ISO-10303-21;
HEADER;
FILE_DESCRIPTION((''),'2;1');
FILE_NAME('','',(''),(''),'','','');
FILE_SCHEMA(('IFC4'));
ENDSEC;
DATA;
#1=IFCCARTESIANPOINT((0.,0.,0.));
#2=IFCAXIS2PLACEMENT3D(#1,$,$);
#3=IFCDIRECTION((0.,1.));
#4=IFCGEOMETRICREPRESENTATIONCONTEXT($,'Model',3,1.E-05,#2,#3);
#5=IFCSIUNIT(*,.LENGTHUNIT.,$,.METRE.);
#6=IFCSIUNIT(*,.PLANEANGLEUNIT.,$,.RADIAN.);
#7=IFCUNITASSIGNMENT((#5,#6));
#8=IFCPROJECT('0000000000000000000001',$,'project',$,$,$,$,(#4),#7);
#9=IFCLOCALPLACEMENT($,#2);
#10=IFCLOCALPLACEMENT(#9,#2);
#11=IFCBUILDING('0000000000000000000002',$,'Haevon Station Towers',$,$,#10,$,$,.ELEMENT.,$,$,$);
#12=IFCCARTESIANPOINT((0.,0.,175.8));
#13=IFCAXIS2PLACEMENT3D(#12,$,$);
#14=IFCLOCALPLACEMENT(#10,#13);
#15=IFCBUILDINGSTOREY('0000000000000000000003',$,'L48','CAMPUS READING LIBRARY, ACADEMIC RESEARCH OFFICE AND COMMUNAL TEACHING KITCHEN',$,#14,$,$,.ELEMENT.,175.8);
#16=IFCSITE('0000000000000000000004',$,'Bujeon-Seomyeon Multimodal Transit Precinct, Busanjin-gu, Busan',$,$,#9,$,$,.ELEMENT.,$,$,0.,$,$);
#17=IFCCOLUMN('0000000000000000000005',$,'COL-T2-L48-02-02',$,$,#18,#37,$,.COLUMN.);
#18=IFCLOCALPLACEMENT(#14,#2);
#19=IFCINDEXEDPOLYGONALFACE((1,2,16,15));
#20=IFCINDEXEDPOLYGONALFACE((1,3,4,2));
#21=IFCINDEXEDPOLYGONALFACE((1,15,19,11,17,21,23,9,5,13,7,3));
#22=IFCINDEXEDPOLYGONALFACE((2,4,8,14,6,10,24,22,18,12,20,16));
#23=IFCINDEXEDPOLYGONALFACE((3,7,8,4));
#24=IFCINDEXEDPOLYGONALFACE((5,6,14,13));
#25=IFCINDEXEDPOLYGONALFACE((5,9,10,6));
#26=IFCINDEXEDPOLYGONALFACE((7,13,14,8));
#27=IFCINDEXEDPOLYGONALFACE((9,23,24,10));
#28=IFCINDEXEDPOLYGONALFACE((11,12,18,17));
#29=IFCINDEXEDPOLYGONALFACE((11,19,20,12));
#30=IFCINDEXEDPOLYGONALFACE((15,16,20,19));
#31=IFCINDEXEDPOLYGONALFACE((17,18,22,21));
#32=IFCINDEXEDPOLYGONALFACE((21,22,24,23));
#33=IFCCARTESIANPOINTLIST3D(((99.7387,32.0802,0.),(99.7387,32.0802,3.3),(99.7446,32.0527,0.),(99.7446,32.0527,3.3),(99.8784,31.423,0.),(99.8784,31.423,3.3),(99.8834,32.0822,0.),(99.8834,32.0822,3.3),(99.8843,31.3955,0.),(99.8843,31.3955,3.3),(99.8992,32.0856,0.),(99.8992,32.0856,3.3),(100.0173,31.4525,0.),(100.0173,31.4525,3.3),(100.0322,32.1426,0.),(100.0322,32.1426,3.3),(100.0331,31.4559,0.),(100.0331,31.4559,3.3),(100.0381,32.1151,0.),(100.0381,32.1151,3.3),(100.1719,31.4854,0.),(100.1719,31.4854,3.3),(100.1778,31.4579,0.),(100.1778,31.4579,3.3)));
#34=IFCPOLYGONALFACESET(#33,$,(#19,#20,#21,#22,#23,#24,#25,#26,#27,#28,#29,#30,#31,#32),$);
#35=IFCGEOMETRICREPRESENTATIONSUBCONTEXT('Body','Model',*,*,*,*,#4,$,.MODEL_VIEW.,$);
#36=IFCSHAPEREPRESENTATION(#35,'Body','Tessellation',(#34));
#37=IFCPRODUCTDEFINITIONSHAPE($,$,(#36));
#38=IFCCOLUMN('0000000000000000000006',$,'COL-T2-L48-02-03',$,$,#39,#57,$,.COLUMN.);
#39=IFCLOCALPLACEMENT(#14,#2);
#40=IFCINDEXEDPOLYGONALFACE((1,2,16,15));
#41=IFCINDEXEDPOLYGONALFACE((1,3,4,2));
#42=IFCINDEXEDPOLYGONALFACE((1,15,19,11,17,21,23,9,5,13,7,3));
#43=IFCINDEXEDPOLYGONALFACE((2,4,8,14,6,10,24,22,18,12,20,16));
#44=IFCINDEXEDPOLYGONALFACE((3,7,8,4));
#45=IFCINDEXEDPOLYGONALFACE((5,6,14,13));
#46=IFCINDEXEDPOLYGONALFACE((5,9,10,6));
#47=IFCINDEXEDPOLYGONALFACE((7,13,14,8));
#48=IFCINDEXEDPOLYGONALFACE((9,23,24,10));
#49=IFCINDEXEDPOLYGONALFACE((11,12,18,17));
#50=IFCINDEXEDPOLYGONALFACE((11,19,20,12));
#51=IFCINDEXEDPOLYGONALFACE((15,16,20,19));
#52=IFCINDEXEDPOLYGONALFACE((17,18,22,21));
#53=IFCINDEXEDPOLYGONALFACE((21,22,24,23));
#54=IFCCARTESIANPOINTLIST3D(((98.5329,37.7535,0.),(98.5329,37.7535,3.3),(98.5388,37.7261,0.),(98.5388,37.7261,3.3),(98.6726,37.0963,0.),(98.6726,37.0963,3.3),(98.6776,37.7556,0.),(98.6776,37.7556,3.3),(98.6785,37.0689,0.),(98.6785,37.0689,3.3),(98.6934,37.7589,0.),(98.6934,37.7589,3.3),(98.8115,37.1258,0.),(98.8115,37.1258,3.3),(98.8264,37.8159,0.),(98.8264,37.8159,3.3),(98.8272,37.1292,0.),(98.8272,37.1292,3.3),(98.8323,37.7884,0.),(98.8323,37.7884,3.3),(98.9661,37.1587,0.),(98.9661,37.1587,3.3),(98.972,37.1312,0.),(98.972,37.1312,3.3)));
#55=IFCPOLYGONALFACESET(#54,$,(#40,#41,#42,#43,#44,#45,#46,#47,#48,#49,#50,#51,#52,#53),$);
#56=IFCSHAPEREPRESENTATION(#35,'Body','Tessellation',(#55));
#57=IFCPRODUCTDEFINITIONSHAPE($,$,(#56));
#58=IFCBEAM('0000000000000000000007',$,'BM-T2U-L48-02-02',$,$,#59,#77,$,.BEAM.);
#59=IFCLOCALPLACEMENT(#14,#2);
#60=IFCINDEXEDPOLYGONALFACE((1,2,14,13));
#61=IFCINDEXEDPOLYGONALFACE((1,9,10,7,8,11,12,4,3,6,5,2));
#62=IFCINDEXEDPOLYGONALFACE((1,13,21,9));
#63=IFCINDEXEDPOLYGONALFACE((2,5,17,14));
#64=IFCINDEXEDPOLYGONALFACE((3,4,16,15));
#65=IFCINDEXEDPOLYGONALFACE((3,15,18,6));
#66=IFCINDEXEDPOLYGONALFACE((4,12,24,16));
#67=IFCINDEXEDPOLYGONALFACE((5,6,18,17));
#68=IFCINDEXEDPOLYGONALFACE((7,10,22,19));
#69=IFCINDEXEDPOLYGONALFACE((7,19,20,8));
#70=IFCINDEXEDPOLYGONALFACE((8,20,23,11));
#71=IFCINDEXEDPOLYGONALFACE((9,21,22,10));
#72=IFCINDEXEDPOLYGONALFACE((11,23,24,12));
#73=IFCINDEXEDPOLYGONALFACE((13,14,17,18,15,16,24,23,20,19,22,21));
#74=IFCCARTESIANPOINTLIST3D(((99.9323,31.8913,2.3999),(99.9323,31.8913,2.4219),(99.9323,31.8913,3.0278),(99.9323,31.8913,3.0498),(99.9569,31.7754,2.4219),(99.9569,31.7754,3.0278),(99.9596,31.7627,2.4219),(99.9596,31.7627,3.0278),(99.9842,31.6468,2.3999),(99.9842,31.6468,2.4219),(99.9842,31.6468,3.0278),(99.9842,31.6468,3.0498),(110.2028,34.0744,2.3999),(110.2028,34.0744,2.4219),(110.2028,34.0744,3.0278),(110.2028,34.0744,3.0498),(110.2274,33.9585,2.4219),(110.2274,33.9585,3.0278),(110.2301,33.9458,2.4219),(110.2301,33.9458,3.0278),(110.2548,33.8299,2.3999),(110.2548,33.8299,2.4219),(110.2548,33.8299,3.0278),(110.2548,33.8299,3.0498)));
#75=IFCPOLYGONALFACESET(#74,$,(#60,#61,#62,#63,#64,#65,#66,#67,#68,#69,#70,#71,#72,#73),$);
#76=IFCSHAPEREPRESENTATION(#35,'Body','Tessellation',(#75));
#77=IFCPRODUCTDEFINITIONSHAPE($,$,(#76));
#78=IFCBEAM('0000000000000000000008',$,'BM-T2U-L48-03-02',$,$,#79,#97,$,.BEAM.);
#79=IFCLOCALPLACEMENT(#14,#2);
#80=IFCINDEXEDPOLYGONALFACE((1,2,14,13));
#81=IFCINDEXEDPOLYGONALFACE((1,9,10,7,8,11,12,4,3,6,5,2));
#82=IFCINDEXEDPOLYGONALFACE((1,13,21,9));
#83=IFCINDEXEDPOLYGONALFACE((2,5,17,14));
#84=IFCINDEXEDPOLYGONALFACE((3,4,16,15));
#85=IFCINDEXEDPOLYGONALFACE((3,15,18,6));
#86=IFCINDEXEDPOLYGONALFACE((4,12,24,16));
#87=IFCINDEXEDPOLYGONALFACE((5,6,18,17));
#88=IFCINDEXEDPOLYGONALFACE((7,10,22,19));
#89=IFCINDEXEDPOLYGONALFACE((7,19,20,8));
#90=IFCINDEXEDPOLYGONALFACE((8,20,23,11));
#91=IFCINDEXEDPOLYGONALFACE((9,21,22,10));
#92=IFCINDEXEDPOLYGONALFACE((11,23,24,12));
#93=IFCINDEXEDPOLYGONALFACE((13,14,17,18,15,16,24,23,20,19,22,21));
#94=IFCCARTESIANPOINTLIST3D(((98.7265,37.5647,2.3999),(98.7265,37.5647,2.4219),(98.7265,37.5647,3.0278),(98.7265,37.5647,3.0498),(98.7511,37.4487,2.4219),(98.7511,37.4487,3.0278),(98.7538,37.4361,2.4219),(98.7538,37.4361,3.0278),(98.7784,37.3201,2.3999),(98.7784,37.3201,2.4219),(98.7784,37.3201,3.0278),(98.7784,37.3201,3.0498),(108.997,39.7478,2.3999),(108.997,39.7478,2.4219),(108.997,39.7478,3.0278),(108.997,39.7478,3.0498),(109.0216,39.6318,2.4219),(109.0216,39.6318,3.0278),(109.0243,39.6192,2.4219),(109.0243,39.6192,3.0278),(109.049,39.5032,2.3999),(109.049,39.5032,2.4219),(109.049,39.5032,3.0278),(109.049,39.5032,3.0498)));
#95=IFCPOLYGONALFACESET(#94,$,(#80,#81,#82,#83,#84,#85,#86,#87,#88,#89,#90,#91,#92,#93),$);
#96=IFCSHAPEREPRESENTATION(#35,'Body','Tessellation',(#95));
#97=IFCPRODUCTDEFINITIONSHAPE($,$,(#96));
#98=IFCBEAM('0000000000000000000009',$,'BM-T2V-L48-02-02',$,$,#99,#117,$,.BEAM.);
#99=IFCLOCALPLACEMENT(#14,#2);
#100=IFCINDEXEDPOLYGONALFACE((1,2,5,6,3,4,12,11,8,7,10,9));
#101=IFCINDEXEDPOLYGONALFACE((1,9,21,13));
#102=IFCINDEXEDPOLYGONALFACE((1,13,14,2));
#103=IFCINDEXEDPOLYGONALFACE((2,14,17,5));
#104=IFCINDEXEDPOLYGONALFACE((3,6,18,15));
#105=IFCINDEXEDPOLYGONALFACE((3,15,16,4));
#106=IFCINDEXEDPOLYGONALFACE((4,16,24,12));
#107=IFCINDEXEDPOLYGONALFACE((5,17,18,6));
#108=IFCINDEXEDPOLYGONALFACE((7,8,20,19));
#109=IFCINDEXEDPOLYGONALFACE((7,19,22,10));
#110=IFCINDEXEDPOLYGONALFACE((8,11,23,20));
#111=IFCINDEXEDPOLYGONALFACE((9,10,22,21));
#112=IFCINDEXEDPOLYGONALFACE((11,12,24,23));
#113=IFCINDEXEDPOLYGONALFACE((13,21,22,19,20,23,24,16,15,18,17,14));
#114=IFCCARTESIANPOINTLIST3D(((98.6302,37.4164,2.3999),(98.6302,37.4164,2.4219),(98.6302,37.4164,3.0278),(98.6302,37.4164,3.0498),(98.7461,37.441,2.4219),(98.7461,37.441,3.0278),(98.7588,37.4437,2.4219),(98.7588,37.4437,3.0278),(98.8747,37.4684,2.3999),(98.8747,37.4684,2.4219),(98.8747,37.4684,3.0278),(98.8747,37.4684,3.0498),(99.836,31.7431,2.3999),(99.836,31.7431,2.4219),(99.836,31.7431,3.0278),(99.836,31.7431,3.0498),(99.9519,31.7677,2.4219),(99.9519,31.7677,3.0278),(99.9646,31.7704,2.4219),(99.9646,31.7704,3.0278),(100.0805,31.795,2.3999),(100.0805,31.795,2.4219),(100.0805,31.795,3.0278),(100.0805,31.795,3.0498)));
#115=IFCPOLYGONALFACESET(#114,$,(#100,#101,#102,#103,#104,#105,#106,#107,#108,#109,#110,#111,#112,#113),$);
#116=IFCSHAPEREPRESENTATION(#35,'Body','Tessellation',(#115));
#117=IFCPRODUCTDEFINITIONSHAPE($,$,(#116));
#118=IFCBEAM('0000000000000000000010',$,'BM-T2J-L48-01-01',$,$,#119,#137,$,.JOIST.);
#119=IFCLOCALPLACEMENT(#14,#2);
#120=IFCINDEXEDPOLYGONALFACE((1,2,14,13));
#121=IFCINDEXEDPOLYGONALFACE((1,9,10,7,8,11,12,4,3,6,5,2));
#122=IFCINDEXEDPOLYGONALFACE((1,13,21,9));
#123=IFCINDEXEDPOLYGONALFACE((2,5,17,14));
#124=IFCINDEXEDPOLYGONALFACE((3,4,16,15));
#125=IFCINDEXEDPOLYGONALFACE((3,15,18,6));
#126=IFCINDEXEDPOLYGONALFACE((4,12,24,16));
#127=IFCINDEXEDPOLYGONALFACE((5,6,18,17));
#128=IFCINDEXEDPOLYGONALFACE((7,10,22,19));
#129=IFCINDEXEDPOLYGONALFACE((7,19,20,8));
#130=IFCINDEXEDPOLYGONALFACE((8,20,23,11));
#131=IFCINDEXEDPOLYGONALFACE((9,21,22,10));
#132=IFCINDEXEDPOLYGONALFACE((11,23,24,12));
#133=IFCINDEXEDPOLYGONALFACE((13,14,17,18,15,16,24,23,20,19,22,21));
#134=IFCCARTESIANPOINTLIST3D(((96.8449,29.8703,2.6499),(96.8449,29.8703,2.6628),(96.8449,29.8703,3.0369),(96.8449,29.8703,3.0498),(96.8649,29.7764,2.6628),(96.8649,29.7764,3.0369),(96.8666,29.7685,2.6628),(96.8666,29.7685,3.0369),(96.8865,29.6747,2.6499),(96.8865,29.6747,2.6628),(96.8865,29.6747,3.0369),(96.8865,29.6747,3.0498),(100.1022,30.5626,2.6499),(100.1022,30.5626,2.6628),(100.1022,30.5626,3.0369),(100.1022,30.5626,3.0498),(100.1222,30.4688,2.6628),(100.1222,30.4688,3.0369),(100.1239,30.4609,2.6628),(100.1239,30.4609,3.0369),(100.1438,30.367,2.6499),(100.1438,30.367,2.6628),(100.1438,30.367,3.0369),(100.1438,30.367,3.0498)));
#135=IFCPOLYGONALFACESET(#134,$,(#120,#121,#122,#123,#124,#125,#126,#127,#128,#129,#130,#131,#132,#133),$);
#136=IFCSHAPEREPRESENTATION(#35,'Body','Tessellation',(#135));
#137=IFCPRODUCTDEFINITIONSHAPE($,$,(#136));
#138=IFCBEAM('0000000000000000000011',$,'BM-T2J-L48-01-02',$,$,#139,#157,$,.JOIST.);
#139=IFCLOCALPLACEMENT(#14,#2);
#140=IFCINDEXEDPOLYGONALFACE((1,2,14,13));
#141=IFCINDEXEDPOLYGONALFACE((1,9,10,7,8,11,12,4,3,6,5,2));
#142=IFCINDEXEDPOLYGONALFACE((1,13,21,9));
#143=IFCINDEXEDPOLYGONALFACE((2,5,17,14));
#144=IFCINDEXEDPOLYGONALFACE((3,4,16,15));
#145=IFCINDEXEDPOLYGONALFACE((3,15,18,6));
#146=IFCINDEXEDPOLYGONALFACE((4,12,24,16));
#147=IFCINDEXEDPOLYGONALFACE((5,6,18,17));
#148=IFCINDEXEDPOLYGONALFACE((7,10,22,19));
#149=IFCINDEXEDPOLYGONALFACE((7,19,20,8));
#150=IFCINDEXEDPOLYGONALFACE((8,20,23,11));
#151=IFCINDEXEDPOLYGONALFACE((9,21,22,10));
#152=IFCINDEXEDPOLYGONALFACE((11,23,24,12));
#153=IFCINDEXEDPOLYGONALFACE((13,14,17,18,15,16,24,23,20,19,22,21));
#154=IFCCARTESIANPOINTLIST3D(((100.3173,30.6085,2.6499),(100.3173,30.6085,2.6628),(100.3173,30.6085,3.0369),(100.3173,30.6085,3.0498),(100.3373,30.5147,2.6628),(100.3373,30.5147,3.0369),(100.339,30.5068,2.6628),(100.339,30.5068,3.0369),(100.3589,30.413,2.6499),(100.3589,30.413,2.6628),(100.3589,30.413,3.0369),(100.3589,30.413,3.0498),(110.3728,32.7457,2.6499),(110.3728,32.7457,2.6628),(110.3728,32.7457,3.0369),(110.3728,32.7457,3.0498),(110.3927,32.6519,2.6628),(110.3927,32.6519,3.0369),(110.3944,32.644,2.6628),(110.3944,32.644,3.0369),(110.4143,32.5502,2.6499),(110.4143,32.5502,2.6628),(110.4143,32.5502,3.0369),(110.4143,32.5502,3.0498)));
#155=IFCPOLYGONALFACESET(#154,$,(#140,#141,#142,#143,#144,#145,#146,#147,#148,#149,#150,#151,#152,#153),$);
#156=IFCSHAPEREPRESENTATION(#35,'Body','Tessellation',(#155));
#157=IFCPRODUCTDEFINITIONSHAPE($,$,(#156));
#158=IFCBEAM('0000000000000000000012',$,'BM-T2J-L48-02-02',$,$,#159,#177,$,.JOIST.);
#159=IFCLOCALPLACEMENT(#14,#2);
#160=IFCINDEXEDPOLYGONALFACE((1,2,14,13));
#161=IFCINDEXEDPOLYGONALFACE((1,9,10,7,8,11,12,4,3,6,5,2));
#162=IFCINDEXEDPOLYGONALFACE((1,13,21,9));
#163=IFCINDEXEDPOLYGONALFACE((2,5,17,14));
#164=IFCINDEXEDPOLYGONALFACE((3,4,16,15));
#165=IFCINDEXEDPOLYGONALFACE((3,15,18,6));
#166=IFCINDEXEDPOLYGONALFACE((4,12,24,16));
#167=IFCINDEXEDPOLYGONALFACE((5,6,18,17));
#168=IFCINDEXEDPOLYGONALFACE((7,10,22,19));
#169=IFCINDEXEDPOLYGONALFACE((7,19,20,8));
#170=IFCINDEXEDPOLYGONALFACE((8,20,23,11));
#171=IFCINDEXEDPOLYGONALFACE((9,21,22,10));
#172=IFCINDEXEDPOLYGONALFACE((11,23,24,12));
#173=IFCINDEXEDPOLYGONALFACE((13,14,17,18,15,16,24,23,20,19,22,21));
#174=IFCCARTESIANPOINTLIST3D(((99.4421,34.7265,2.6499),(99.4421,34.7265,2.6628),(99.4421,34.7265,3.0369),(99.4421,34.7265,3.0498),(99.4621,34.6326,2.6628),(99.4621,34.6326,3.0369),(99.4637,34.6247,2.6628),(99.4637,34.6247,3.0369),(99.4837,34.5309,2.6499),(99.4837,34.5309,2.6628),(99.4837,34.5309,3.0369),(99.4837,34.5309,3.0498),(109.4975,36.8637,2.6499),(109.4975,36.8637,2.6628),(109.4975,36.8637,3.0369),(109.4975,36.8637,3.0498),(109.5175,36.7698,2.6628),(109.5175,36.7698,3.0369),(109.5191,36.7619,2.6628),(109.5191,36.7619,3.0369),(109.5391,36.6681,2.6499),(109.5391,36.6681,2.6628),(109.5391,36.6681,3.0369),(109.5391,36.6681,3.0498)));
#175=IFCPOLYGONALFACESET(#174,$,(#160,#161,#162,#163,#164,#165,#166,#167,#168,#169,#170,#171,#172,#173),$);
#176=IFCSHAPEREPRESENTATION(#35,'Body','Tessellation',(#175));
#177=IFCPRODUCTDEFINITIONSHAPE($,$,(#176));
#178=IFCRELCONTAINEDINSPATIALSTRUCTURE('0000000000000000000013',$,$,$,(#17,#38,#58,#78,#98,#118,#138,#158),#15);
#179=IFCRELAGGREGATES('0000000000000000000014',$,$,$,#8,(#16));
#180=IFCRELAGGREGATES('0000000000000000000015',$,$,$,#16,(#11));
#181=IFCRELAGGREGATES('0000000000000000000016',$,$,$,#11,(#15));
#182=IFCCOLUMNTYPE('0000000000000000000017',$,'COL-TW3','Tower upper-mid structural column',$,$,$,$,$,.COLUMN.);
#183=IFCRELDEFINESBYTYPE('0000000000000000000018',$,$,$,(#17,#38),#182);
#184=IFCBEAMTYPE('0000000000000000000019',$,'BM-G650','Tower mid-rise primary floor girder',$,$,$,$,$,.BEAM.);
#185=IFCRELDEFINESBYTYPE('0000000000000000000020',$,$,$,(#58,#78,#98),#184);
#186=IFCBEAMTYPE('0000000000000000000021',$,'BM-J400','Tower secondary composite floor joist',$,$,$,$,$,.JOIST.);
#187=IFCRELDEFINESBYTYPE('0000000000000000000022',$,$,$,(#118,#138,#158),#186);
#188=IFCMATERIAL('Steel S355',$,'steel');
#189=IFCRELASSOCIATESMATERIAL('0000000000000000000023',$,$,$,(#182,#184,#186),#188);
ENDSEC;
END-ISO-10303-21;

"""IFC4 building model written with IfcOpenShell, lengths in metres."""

from ifc_helpers import new_model, si_unit, direction, frame, origin, origin_2d, place, context, subcontext, project, spatial, i_section, extrude, material, material_profile, profile_set, type_object, element, save


model = new_model("IFC4")

# Units and contexts
model_context = context("Model", 3, precision=1e-05, world=origin(), true_north=direction((0.0, 1.0)))
body_context = subcontext(model_context, "Body", "Model", "MODEL_VIEW")
ifc_project = project(units=[si_unit("LENGTHUNIT", "METRE"), si_unit("PLANEANGLEUNIT", "RADIAN")], contexts=[model_context])

# Site, building, storey
site_placement = place(None, origin())
site = spatial("IfcSite", under=ifc_project, at=site_placement, Name="Bujeon-Seomyeon Multimodal Transit Precinct, Busanjin-gu, Busan", CompositionType="ELEMENT", RefElevation=0.0)
building_placement = place(site_placement, origin())
building = spatial("IfcBuilding", under=site, at=building_placement, Name="Haevon Station Towers", CompositionType="ELEMENT")
storey_placement = place(building_placement, frame((0.0, 0.0, 175.8)))
storey = spatial("IfcBuildingStorey", under=building, at=storey_placement, Name="L48", Description="CAMPUS READING LIBRARY, ACADEMIC RESEARCH OFFICE AND COMMUNAL TEACHING KITCHEN", CompositionType="ELEMENT", Elevation=175.8)

# Columns
ifc_material_1 = material(Name="Steel S355", Category="steel")
ifc_material_profile_1 = material_profile(ifc_material_1, i_section(OverallWidth=0.3, OverallDepth=0.7, WebThickness=0.0161, FlangeThickness=0.0281, at=origin_2d()), Name="H-700x300x16x28")
ifc_profile_set_1 = profile_set([ifc_material_profile_1], Name="Steel S355")
column_type = type_object("IfcColumnType", Name="COL-TW3", Description="Tower upper-mid structural column", PredefinedType="COLUMN", material=ifc_profile_set_1)
for number, where, z_axis, x_axis, name in (
    (1, (99.9583, 31.769, 0.0), (0.0, 0.0, 1.0), (0.978148, 0.207912, 0.0), "COL-T2-L48-02-02"),
    (2, (98.7524, 37.4424, 0.0), (0.0, 0.0, 1.0), (0.978148, 0.207912, 0.0), "COL-T2-L48-02-03"),
):
    element("IfcColumn", number, at=place(storey_placement, frame(where, z_axis=z_axis, x_axis=x_axis)), inside=storey, type_object=column_type, Name=name, PredefinedType="COLUMN", context=body_context, shape_type="SweptSolid", body=[
        extrude(i_section(OverallWidth=0.3, OverallDepth=0.7, WebThickness=0.0161, FlangeThickness=0.0281, at=origin_2d()), origin(), (0.0, 0.0, 1.0), 3.3),
    ])

# Beams
ifc_material_profile_2 = material_profile(ifc_material_1, i_section(OverallWidth=0.25, OverallDepth=0.6499, WebThickness=0.0129, FlangeThickness=0.022, at=origin_2d()), Name="H-650x250x13x22")
ifc_profile_set_2 = profile_set([ifc_material_profile_2], Name="Steel S355")
beam_type_1 = type_object("IfcBeamType", Name="BM-G650", Description="Tower mid-rise primary floor girder", PredefinedType="BEAM", material=ifc_profile_set_2)
for number, where, z_axis, x_axis, name in (
    (3, (99.9583, 31.769, 2.7249), (0.978147, 0.207915, 0.0), (-0.207915, 0.978147, 0.0), "BM-T2U-L48-02-02"),
    (4, (98.7524, 37.4424, 2.7249), (0.978147, 0.207915, 0.0), (-0.207915, 0.978147, 0.0), "BM-T2U-L48-03-02"),
):
    element("IfcBeam", number, at=place(storey_placement, frame(where, z_axis=z_axis, x_axis=x_axis)), inside=storey, type_object=beam_type_1, Name=name, PredefinedType="BEAM", context=body_context, shape_type="SweptSolid", body=[
        extrude(i_section(OverallWidth=0.25, OverallDepth=0.6499, WebThickness=0.0129, FlangeThickness=0.022, at=origin_2d()), origin(), (0.0, 0.0, 1.0), 10.5),
    ])
beam_1_placement = place(storey_placement, frame((99.9583, 31.769, 2.7249), z_axis=(-0.207896, 0.978151, 0.0), x_axis=(-0.978151, -0.207896, 0.0)))
element("IfcBeam", 5, at=beam_1_placement, inside=storey, type_object=beam_type_1, Name="BM-T2V-L48-02-02", PredefinedType="BEAM", context=body_context, shape_type="SweptSolid", body=[
    extrude(i_section(OverallWidth=0.25, OverallDepth=0.6499, WebThickness=0.0129, FlangeThickness=0.022, at=origin_2d()), origin(), (0.0, 0.0, 1.0), 5.8),
])
ifc_material_profile_3 = material_profile(ifc_material_1, i_section(OverallWidth=0.2, OverallDepth=0.3999, WebThickness=0.0081, FlangeThickness=0.0129, at=origin_2d()), Name="H-400x200x8x13")
ifc_profile_set_3 = profile_set([ifc_material_profile_3], Name="Steel S355")
beam_type_2 = type_object("IfcBeamType", Name="BM-J400", Description="Tower secondary composite floor joist", PredefinedType="JOIST", material=ifc_profile_set_3)
beam_2_placement = place(storey_placement, frame((96.8657, 29.7725, 2.8499), z_axis=(0.978147, 0.207917, 0.0), x_axis=(-0.207917, 0.978147, 0.0)))
element("IfcBeam", 6, at=beam_2_placement, inside=storey, type_object=beam_type_2, Name="BM-T2J-L48-01-01", PredefinedType="JOIST", context=body_context, shape_type="SweptSolid", body=[
    extrude(i_section(OverallWidth=0.2, OverallDepth=0.3999, WebThickness=0.0081, FlangeThickness=0.0129, at=origin_2d()), origin(), (0.0, 0.0, 1.0), 3.3301),
])
for number, where, z_axis, x_axis, name in (
    (7, (100.3381, 30.5107, 2.8499), (0.97815, 0.207899, 0.0), (-0.207899, 0.97815, 0.0), "BM-T2J-L48-01-02"),
    (8, (99.4629, 34.6287, 2.8499), (0.97815, 0.207899, 0.0), (-0.207899, 0.97815, 0.0), "BM-T2J-L48-02-02"),
):
    element("IfcBeam", number, at=place(storey_placement, frame(where, z_axis=z_axis, x_axis=x_axis)), inside=storey, type_object=beam_type_2, Name=name, PredefinedType="JOIST", context=body_context, shape_type="SweptSolid", body=[
        extrude(i_section(OverallWidth=0.2, OverallDepth=0.3999, WebThickness=0.0081, FlangeThickness=0.0129, at=origin_2d()), origin(), (0.0, 0.0, 1.0), 10.28),
    ])

save(model, "model.ifc")
